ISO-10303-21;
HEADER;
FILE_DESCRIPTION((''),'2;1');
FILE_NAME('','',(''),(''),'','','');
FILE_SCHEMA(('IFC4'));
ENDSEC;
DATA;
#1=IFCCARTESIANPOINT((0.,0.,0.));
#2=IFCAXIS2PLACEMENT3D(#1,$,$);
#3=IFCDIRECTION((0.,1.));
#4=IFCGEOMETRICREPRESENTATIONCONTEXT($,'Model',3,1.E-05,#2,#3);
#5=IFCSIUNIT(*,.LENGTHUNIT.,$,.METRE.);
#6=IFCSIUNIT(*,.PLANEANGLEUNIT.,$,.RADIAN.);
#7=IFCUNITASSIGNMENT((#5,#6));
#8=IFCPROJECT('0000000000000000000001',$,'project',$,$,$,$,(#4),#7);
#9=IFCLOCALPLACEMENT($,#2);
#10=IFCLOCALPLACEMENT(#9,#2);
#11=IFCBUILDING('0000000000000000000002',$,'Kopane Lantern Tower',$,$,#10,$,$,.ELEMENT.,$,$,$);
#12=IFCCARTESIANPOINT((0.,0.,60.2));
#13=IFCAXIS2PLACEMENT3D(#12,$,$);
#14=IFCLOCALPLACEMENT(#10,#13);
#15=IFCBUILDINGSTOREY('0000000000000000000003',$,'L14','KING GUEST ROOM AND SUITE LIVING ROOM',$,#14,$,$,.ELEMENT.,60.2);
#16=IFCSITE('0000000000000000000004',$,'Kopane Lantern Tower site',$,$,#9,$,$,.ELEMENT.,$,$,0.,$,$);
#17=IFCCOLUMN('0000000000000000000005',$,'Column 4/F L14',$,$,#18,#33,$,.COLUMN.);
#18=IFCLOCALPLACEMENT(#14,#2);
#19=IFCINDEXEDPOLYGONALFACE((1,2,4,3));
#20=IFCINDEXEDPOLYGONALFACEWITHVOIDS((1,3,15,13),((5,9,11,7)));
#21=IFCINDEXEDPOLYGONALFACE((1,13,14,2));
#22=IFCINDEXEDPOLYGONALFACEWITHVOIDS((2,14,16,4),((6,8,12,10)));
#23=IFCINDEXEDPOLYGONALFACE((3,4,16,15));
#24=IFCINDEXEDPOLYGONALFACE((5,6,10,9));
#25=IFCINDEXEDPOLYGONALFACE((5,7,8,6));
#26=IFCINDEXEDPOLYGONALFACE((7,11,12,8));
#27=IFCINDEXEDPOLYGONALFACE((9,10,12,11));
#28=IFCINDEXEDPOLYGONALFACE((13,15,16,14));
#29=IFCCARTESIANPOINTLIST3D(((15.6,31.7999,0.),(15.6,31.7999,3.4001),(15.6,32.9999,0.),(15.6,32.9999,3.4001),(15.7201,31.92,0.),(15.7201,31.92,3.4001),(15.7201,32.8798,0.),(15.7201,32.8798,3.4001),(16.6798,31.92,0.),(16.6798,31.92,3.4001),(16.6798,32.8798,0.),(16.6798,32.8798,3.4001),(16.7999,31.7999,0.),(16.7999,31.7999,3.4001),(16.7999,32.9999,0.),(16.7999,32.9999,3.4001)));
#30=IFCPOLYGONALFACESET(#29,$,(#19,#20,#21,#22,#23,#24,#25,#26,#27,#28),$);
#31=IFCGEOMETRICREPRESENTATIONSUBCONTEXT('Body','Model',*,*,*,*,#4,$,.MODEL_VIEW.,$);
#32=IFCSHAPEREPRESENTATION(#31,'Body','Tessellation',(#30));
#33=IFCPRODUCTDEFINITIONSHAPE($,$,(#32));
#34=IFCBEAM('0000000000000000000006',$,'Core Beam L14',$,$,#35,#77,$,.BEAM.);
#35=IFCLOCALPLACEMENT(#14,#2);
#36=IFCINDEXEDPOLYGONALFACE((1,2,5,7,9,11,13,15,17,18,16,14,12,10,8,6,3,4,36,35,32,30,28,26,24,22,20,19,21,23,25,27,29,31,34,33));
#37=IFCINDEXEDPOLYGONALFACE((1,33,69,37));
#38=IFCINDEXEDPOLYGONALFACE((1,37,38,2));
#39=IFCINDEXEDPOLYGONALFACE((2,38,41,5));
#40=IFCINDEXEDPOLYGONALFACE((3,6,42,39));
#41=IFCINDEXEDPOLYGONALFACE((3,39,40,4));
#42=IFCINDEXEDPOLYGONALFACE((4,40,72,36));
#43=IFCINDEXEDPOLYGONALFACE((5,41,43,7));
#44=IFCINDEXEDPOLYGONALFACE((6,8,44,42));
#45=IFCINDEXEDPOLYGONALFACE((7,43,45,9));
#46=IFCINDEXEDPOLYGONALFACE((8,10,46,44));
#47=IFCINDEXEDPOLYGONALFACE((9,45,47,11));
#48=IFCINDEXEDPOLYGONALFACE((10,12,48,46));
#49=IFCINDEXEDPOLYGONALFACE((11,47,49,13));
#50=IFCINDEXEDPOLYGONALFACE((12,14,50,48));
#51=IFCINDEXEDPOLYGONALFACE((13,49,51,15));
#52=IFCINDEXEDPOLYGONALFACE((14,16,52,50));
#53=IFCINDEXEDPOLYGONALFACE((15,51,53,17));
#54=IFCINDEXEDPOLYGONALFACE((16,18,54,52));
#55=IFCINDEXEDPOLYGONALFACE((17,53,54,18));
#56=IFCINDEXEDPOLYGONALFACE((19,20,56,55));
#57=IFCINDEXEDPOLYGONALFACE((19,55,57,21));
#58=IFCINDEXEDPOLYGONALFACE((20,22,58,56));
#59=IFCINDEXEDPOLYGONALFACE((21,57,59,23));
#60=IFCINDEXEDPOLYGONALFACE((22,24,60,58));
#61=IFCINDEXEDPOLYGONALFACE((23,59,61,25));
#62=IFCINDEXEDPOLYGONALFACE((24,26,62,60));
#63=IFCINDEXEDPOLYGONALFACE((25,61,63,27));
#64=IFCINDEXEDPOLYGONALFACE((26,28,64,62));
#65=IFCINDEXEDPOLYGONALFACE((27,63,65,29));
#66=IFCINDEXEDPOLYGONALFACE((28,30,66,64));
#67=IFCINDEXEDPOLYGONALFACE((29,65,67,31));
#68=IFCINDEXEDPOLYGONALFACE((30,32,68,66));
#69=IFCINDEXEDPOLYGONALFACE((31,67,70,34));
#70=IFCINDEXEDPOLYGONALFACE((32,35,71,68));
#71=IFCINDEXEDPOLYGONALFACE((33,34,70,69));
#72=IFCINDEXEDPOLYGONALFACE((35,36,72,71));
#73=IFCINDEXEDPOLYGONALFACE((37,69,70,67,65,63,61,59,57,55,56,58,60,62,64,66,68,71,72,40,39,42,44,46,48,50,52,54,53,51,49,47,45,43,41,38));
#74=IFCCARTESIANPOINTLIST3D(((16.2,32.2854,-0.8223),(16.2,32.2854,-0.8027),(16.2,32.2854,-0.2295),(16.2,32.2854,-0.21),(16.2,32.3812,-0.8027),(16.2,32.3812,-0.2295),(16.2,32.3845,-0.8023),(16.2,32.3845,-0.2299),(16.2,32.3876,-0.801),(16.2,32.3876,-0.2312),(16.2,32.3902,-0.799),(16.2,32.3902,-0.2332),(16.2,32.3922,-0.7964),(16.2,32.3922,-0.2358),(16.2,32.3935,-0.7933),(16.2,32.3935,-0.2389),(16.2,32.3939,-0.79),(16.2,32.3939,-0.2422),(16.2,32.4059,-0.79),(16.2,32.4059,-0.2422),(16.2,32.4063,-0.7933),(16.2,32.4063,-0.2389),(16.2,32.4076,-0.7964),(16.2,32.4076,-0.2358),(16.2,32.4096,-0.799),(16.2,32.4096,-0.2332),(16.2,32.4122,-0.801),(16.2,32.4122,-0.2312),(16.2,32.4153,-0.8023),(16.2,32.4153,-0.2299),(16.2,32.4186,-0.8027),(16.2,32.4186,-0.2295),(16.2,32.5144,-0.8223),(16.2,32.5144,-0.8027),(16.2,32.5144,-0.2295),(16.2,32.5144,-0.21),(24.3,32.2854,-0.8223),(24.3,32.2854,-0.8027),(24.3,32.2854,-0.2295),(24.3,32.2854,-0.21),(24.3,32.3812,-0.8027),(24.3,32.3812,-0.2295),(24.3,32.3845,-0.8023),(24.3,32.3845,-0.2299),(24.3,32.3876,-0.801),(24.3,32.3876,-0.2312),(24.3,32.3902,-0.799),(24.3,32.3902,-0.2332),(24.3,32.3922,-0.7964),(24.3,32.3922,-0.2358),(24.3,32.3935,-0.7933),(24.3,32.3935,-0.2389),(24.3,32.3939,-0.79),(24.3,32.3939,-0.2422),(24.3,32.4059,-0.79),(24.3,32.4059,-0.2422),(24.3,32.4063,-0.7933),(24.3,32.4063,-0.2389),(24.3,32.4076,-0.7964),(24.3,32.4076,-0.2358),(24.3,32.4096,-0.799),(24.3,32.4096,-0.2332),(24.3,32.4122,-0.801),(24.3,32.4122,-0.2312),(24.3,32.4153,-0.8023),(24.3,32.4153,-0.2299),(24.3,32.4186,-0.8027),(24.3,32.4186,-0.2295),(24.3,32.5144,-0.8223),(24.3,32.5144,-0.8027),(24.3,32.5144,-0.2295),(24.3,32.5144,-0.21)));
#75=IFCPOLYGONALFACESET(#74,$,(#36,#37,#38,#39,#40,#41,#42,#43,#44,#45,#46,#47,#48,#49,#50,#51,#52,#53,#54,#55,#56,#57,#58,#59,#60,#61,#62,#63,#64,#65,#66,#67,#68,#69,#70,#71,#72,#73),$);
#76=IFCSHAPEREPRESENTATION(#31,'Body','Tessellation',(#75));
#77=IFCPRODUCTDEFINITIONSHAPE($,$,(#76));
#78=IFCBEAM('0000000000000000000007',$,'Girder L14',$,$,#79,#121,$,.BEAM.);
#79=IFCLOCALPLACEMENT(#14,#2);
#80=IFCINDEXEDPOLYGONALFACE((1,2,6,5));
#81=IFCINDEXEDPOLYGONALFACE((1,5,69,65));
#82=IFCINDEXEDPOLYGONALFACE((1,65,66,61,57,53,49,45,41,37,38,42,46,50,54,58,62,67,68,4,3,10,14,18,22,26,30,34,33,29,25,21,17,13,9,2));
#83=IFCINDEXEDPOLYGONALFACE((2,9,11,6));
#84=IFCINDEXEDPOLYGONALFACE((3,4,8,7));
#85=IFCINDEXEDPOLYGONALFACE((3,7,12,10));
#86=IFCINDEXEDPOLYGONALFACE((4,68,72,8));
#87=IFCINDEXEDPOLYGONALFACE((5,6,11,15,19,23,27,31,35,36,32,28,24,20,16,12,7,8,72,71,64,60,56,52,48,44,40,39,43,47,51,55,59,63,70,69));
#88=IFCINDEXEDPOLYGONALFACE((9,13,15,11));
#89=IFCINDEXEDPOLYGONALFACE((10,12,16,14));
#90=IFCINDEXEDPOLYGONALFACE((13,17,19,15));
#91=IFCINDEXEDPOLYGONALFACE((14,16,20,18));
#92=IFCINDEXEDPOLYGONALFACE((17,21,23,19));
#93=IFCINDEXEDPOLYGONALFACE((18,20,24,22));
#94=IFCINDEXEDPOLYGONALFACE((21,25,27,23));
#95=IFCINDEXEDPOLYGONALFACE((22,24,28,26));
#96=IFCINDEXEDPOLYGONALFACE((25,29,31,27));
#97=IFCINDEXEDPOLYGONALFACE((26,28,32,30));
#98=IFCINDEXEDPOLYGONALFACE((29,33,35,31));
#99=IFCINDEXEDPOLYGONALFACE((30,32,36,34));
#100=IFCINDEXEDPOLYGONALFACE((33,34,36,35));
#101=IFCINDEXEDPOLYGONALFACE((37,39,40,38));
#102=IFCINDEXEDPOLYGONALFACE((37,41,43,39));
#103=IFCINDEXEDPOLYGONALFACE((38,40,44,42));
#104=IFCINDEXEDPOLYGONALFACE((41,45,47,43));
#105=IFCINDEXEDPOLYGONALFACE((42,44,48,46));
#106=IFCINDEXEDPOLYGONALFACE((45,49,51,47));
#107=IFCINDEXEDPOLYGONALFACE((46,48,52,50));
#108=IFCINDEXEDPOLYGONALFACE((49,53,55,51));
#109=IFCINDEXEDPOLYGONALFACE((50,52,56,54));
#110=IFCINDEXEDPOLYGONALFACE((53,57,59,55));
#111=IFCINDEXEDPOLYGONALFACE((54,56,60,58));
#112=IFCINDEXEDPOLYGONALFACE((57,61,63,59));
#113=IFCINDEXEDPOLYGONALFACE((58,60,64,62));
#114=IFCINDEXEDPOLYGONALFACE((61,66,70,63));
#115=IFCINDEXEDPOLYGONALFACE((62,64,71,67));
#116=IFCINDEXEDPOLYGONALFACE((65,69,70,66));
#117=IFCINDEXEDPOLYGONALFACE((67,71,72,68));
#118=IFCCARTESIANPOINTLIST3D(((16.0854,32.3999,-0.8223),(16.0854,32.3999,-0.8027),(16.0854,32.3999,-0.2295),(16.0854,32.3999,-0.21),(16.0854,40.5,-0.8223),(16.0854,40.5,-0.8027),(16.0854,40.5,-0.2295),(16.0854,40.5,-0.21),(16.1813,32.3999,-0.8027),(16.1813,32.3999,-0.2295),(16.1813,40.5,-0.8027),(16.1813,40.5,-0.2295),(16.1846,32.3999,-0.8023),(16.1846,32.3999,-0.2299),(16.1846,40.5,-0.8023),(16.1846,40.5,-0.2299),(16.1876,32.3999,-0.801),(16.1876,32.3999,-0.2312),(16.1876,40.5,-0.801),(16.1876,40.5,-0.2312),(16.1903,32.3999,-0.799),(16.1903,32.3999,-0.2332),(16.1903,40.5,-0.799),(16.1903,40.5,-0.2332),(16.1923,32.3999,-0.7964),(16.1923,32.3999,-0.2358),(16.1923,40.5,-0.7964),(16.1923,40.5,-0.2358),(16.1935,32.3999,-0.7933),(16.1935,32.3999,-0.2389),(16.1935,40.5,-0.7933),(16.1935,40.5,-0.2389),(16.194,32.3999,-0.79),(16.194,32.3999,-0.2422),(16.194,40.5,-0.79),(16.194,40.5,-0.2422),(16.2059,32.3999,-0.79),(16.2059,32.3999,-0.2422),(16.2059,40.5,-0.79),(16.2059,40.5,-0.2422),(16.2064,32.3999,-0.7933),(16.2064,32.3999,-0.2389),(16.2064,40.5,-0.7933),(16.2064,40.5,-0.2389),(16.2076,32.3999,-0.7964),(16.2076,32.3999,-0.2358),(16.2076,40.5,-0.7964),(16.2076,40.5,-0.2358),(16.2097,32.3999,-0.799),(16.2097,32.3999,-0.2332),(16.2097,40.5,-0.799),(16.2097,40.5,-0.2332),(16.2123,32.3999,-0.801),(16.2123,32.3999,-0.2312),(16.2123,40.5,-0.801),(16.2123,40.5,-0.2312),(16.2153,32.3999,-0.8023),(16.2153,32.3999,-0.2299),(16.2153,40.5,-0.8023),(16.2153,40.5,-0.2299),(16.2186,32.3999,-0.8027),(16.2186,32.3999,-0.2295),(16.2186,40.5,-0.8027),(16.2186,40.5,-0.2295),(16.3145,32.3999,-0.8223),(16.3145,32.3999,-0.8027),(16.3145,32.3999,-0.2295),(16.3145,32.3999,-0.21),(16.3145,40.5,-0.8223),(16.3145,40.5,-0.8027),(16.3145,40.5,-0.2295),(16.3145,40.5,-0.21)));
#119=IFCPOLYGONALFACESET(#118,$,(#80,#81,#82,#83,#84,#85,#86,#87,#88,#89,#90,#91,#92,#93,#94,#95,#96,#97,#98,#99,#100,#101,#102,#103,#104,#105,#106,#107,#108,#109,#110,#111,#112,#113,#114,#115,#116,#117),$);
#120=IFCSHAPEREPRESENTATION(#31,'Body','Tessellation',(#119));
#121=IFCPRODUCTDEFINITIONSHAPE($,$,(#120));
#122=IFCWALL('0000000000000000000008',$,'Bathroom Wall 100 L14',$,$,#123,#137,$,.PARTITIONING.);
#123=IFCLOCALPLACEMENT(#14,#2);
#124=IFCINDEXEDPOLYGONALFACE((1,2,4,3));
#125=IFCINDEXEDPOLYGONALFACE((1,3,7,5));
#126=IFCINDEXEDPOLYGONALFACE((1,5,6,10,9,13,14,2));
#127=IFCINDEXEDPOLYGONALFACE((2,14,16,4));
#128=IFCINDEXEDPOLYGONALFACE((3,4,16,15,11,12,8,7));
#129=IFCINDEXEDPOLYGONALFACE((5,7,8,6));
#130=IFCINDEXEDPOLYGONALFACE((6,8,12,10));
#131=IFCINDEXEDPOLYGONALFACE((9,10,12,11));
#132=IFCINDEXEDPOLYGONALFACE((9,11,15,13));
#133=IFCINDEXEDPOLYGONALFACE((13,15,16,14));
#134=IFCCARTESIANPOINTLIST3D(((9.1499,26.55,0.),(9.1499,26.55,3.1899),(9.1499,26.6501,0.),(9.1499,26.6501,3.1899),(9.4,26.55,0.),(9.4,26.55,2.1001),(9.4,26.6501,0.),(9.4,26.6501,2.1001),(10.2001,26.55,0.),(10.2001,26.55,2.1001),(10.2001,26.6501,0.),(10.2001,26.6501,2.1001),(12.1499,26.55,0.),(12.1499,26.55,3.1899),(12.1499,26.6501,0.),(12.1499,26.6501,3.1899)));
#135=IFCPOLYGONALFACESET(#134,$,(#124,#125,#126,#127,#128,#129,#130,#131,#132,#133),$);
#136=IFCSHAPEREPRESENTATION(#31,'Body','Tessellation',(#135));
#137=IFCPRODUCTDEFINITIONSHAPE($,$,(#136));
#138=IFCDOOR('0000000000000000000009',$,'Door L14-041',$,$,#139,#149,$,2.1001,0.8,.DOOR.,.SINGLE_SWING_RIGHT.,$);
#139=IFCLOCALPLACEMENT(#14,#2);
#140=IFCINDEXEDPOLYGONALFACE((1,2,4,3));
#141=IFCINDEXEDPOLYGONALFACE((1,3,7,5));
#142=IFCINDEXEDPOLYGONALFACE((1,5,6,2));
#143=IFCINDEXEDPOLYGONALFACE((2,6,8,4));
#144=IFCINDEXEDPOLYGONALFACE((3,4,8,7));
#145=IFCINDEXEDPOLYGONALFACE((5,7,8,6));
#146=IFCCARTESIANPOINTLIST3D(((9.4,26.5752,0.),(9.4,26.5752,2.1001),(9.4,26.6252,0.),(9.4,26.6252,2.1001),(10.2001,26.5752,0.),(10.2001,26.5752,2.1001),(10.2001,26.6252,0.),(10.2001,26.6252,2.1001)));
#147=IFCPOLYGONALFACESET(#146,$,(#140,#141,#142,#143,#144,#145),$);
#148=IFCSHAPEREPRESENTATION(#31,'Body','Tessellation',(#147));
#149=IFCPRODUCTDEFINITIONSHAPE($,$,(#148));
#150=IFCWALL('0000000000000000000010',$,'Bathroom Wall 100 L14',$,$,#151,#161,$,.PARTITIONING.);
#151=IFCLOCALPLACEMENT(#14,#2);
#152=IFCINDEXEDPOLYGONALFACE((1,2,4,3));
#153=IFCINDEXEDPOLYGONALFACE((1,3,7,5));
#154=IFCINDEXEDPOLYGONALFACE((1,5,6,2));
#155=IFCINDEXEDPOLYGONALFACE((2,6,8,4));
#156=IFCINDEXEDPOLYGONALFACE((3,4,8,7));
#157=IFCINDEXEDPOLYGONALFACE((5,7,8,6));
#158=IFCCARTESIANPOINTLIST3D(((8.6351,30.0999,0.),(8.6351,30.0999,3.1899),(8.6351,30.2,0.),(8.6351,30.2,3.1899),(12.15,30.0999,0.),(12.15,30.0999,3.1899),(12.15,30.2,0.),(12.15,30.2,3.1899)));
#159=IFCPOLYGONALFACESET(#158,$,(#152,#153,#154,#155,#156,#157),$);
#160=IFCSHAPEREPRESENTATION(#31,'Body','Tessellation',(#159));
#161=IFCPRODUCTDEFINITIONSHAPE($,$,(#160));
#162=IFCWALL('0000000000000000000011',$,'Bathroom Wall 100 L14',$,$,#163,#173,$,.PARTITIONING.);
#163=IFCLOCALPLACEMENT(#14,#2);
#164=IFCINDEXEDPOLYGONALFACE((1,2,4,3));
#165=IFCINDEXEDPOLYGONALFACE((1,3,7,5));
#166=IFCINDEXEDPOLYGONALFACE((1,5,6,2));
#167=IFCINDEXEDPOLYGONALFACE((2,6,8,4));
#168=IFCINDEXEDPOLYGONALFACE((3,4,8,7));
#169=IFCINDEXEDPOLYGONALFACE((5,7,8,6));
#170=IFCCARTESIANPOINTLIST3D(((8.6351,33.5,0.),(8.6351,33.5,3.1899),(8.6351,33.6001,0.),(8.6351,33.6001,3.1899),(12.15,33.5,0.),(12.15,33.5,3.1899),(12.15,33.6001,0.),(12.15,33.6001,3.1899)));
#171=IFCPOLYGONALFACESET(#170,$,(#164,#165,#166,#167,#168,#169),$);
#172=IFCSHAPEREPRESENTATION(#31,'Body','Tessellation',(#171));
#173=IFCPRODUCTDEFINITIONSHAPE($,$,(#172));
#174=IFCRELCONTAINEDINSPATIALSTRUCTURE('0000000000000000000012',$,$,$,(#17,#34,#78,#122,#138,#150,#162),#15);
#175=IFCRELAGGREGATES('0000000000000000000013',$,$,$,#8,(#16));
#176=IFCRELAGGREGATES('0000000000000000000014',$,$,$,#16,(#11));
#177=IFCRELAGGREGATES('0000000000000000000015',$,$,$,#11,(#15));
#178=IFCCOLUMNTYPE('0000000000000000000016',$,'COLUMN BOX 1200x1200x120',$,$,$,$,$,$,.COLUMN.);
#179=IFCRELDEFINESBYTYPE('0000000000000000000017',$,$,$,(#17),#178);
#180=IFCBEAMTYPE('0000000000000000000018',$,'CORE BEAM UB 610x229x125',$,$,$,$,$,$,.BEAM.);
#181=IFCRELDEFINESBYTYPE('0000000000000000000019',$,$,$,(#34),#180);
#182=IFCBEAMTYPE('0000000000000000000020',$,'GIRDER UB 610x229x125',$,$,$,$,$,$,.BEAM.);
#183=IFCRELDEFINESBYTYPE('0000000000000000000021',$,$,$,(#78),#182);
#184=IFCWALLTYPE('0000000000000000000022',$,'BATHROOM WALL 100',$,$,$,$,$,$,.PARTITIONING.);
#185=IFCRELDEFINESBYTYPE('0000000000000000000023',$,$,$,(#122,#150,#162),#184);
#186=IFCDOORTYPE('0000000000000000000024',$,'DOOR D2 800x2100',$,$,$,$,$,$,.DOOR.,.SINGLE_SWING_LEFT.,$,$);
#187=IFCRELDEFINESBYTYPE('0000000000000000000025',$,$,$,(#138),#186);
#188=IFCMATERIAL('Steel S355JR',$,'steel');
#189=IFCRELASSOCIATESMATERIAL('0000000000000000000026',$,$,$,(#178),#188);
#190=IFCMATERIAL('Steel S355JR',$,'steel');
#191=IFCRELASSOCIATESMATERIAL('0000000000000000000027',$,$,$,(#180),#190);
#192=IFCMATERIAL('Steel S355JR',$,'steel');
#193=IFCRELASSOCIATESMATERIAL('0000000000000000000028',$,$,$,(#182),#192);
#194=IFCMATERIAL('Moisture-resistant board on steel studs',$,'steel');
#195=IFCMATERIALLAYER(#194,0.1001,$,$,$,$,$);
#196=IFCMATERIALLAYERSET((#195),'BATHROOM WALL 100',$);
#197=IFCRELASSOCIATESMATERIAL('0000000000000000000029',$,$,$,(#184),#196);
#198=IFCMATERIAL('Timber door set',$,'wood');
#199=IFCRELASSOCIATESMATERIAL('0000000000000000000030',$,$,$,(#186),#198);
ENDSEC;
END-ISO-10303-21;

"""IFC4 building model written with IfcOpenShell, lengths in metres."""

from ifc_helpers import new_model, si_unit, direction, frame, frame_2d, origin, origin_2d, place, context, subcontext, project, spatial, rectangle, hollow_rectangle, i_section, extrude, material, layer, layer_set, material_profile, profile_set, type_object, element, fill, save


model = new_model("IFC4")

# Units and contexts
model_context = context("Model", 3, precision=1e-05, world=origin(), true_north=direction((0.0, 1.0)))
body_context = subcontext(model_context, "Body", "Model", "MODEL_VIEW")
ifc_project = project(units=[si_unit("LENGTHUNIT", "METRE"), si_unit("PLANEANGLEUNIT", "RADIAN")], contexts=[model_context])

# Site, building, storey
site_placement = place(None, origin())
site = spatial("IfcSite", under=ifc_project, at=site_placement, Name="Kopane Lantern Tower site", CompositionType="ELEMENT", RefElevation=0.0)
building_placement = place(site_placement, origin())
building = spatial("IfcBuilding", under=site, at=building_placement, Name="Kopane Lantern Tower", CompositionType="ELEMENT")
storey_placement = place(building_placement, frame((0.0, 0.0, 60.2)))
storey = spatial("IfcBuildingStorey", under=building, at=storey_placement, Name="L14", Description="KING GUEST ROOM AND SUITE LIVING ROOM", CompositionType="ELEMENT", Elevation=60.2)

# Column
ifc_material_1 = material(Name="Steel S355JR", Category="steel")
ifc_material_profile_1 = material_profile(ifc_material_1, hollow_rectangle(XDim=1.2, YDim=1.2, WallThickness=0.1201, at=origin_2d()), Name="BOX 1200x1200x120")
ifc_profile_set_1 = profile_set([ifc_material_profile_1], Name="Steel S355JR")
column_type = type_object("IfcColumnType", Name="COLUMN BOX 1200x1200x120", PredefinedType="COLUMN", material=ifc_profile_set_1)
column_placement = place(storey_placement, frame((16.2, 32.3999, 0.0), z_axis=(0.0, 0.0, 1.0), x_axis=(1.0, 0.0, 0.0)))
element("IfcColumn", 1, at=column_placement, inside=storey, type_object=column_type, Name="Column 4/F L14", PredefinedType="COLUMN", context=body_context, shape_type="SweptSolid", body=[
    extrude(hollow_rectangle(XDim=1.2, YDim=1.2, WallThickness=0.1201, at=origin_2d()), origin(), (0.0, 0.0, 1.0), 3.4001),
])

# Beams
ifc_material_2 = material(Name="Steel S355JR", Category="steel")
ifc_material_profile_2 = material_profile(ifc_material_2, i_section(OverallWidth=0.229, OverallDepth=0.6123, WebThickness=0.012, FlangeThickness=0.0195, FilletRadius=0.0127, at=origin_2d()), Name="UB 610x229x125")
ifc_profile_set_2 = profile_set([ifc_material_profile_2], Name="Steel S355JR")
beam_type_1 = type_object("IfcBeamType", Name="CORE BEAM UB 610x229x125", PredefinedType="BEAM", material=ifc_profile_set_2)
beam_1_placement = place(storey_placement, frame((16.2, 32.3999, -0.5161), z_axis=(1.0, 0.0, 0.0), x_axis=(0.0, 1.0, 0.0)))
element("IfcBeam", 2, at=beam_1_placement, inside=storey, type_object=beam_type_1, Name="Core Beam L14", PredefinedType="BEAM", context=body_context, shape_type="SweptSolid", body=[
    extrude(i_section(OverallWidth=0.229, OverallDepth=0.6123, WebThickness=0.012, FlangeThickness=0.0195, FilletRadius=0.0127, at=origin_2d()), origin(), (0.0, 0.0, 1.0), 8.1001),
])
ifc_material_3 = material(Name="Steel S355JR", Category="steel")
ifc_material_profile_3 = material_profile(ifc_material_3, i_section(OverallWidth=0.229, OverallDepth=0.6123, WebThickness=0.012, FlangeThickness=0.0195, FilletRadius=0.0127, at=origin_2d()), Name="UB 610x229x125")
ifc_profile_set_3 = profile_set([ifc_material_profile_3], Name="Steel S355JR")
beam_type_2 = type_object("IfcBeamType", Name="GIRDER UB 610x229x125", PredefinedType="BEAM", material=ifc_profile_set_3)
beam_2_placement = place(storey_placement, frame((16.2, 32.3999, -0.5161), z_axis=(0.0, 1.0, 0.0), x_axis=(-1.0, 0.0, 0.0)))
element("IfcBeam", 3, at=beam_2_placement, inside=storey, type_object=beam_type_2, Name="Girder L14", PredefinedType="BEAM", context=body_context, shape_type="SweptSolid", body=[
    extrude(i_section(OverallWidth=0.229, OverallDepth=0.6123, WebThickness=0.012, FlangeThickness=0.0195, FilletRadius=0.0127, at=origin_2d()), origin(), (0.0, 0.0, 1.0), 8.1001),
])

# Wall, opening, door
ifc_material_4 = material(Name="Moisture-resistant board on steel studs", Category="steel")
ifc_layer_1 = layer(ifc_material_4, 0.1001)
ifc_layer_set_1 = layer_set([ifc_layer_1], Name="BATHROOM WALL 100")
wall_type_1 = type_object("IfcWallType", Name="BATHROOM WALL 100", PredefinedType="PARTITIONING", material=ifc_layer_set_1)
wall_1_placement = place(storey_placement, frame((12.1499, 26.6001, 0.0), z_axis=(0.0, 0.0, 1.0), x_axis=(-1.0, 0.0, 0.0)))
wall_1 = element("IfcWall", 4, at=wall_1_placement, inside=storey, type_object=wall_type_1, Name="Bathroom Wall 100 L14", PredefinedType="PARTITIONING", context=body_context, shape_type="SweptSolid", body=[
    extrude(rectangle(XDim=3.0, YDim=0.1001, at=frame_2d((1.5, 0.0))), origin(), (0.0, 0.0, 1.0), 3.1899),
])
opening_1_placement = place(wall_1_placement, frame((1.95, 0.0, 0.0)))
opening_1 = element("IfcOpeningElement", 5, at=opening_1_placement, cuts=wall_1, PredefinedType="OPENING", context=body_context, shape_type="SweptSolid", body=[
    extrude(rectangle(XDim=0.8, YDim=2.1001, at=frame_2d((0.3999, 1.05))), frame((0.0, 0.0601, 0.0), z_axis=(0.0, -1.0, 0.0), x_axis=(1.0, 0.0, 0.0)), (0.0, 0.0, 1.0), 0.1201),
])
ifc_material_5 = material(Name="Timber door set", Category="wood")
door_type = type_object("IfcDoorType", Name="DOOR D2 800x2100", OperationType="SINGLE_SWING_LEFT", PredefinedType="DOOR", material=ifc_material_5)
door_1_placement = place(opening_1_placement, origin())
door_1 = element("IfcDoor", 6, at=door_1_placement, inside=storey, type_object=door_type, Name="Door L14-041", OperationType="SINGLE_SWING_RIGHT", OverallHeight=2.1001, OverallWidth=0.8, PredefinedType="DOOR", context=body_context, shape_type="SweptSolid", body=[
    extrude(rectangle(XDim=0.8, YDim=2.1001, at=frame_2d((0.3999, 1.05))), frame((0.0, 0.0249, 0.0), z_axis=(0.0, -1.0, 0.0), x_axis=(1.0, 0.0, 0.0)), (0.0, 0.0, 1.0), 0.05),
])
fill(opening_1, door_1)

# Walls
for number, where, z_axis, x_axis, name in (
    (7, (12.1499, 30.1499, 0.0), (0.0, 0.0, 1.0), (-1.0, 0.0, 0.0), "Bathroom Wall 100 L14"),
    (8, (12.1499, 33.55, 0.0), (0.0, 0.0, 1.0), (-1.0, 0.0, 0.0), "Bathroom Wall 100 L14"),
):
    element("IfcWall", number, at=place(storey_placement, frame(where, z_axis=z_axis, x_axis=x_axis)), inside=storey, type_object=wall_type_1, Name=name, PredefinedType="PARTITIONING", context=body_context, shape_type="SweptSolid", body=[
        extrude(rectangle(XDim=3.5149, YDim=0.1001, at=frame_2d((1.7573, 0.0))), origin(), (0.0, 0.0, 1.0), 3.1899),
    ])

save(model, "model.ifc")
